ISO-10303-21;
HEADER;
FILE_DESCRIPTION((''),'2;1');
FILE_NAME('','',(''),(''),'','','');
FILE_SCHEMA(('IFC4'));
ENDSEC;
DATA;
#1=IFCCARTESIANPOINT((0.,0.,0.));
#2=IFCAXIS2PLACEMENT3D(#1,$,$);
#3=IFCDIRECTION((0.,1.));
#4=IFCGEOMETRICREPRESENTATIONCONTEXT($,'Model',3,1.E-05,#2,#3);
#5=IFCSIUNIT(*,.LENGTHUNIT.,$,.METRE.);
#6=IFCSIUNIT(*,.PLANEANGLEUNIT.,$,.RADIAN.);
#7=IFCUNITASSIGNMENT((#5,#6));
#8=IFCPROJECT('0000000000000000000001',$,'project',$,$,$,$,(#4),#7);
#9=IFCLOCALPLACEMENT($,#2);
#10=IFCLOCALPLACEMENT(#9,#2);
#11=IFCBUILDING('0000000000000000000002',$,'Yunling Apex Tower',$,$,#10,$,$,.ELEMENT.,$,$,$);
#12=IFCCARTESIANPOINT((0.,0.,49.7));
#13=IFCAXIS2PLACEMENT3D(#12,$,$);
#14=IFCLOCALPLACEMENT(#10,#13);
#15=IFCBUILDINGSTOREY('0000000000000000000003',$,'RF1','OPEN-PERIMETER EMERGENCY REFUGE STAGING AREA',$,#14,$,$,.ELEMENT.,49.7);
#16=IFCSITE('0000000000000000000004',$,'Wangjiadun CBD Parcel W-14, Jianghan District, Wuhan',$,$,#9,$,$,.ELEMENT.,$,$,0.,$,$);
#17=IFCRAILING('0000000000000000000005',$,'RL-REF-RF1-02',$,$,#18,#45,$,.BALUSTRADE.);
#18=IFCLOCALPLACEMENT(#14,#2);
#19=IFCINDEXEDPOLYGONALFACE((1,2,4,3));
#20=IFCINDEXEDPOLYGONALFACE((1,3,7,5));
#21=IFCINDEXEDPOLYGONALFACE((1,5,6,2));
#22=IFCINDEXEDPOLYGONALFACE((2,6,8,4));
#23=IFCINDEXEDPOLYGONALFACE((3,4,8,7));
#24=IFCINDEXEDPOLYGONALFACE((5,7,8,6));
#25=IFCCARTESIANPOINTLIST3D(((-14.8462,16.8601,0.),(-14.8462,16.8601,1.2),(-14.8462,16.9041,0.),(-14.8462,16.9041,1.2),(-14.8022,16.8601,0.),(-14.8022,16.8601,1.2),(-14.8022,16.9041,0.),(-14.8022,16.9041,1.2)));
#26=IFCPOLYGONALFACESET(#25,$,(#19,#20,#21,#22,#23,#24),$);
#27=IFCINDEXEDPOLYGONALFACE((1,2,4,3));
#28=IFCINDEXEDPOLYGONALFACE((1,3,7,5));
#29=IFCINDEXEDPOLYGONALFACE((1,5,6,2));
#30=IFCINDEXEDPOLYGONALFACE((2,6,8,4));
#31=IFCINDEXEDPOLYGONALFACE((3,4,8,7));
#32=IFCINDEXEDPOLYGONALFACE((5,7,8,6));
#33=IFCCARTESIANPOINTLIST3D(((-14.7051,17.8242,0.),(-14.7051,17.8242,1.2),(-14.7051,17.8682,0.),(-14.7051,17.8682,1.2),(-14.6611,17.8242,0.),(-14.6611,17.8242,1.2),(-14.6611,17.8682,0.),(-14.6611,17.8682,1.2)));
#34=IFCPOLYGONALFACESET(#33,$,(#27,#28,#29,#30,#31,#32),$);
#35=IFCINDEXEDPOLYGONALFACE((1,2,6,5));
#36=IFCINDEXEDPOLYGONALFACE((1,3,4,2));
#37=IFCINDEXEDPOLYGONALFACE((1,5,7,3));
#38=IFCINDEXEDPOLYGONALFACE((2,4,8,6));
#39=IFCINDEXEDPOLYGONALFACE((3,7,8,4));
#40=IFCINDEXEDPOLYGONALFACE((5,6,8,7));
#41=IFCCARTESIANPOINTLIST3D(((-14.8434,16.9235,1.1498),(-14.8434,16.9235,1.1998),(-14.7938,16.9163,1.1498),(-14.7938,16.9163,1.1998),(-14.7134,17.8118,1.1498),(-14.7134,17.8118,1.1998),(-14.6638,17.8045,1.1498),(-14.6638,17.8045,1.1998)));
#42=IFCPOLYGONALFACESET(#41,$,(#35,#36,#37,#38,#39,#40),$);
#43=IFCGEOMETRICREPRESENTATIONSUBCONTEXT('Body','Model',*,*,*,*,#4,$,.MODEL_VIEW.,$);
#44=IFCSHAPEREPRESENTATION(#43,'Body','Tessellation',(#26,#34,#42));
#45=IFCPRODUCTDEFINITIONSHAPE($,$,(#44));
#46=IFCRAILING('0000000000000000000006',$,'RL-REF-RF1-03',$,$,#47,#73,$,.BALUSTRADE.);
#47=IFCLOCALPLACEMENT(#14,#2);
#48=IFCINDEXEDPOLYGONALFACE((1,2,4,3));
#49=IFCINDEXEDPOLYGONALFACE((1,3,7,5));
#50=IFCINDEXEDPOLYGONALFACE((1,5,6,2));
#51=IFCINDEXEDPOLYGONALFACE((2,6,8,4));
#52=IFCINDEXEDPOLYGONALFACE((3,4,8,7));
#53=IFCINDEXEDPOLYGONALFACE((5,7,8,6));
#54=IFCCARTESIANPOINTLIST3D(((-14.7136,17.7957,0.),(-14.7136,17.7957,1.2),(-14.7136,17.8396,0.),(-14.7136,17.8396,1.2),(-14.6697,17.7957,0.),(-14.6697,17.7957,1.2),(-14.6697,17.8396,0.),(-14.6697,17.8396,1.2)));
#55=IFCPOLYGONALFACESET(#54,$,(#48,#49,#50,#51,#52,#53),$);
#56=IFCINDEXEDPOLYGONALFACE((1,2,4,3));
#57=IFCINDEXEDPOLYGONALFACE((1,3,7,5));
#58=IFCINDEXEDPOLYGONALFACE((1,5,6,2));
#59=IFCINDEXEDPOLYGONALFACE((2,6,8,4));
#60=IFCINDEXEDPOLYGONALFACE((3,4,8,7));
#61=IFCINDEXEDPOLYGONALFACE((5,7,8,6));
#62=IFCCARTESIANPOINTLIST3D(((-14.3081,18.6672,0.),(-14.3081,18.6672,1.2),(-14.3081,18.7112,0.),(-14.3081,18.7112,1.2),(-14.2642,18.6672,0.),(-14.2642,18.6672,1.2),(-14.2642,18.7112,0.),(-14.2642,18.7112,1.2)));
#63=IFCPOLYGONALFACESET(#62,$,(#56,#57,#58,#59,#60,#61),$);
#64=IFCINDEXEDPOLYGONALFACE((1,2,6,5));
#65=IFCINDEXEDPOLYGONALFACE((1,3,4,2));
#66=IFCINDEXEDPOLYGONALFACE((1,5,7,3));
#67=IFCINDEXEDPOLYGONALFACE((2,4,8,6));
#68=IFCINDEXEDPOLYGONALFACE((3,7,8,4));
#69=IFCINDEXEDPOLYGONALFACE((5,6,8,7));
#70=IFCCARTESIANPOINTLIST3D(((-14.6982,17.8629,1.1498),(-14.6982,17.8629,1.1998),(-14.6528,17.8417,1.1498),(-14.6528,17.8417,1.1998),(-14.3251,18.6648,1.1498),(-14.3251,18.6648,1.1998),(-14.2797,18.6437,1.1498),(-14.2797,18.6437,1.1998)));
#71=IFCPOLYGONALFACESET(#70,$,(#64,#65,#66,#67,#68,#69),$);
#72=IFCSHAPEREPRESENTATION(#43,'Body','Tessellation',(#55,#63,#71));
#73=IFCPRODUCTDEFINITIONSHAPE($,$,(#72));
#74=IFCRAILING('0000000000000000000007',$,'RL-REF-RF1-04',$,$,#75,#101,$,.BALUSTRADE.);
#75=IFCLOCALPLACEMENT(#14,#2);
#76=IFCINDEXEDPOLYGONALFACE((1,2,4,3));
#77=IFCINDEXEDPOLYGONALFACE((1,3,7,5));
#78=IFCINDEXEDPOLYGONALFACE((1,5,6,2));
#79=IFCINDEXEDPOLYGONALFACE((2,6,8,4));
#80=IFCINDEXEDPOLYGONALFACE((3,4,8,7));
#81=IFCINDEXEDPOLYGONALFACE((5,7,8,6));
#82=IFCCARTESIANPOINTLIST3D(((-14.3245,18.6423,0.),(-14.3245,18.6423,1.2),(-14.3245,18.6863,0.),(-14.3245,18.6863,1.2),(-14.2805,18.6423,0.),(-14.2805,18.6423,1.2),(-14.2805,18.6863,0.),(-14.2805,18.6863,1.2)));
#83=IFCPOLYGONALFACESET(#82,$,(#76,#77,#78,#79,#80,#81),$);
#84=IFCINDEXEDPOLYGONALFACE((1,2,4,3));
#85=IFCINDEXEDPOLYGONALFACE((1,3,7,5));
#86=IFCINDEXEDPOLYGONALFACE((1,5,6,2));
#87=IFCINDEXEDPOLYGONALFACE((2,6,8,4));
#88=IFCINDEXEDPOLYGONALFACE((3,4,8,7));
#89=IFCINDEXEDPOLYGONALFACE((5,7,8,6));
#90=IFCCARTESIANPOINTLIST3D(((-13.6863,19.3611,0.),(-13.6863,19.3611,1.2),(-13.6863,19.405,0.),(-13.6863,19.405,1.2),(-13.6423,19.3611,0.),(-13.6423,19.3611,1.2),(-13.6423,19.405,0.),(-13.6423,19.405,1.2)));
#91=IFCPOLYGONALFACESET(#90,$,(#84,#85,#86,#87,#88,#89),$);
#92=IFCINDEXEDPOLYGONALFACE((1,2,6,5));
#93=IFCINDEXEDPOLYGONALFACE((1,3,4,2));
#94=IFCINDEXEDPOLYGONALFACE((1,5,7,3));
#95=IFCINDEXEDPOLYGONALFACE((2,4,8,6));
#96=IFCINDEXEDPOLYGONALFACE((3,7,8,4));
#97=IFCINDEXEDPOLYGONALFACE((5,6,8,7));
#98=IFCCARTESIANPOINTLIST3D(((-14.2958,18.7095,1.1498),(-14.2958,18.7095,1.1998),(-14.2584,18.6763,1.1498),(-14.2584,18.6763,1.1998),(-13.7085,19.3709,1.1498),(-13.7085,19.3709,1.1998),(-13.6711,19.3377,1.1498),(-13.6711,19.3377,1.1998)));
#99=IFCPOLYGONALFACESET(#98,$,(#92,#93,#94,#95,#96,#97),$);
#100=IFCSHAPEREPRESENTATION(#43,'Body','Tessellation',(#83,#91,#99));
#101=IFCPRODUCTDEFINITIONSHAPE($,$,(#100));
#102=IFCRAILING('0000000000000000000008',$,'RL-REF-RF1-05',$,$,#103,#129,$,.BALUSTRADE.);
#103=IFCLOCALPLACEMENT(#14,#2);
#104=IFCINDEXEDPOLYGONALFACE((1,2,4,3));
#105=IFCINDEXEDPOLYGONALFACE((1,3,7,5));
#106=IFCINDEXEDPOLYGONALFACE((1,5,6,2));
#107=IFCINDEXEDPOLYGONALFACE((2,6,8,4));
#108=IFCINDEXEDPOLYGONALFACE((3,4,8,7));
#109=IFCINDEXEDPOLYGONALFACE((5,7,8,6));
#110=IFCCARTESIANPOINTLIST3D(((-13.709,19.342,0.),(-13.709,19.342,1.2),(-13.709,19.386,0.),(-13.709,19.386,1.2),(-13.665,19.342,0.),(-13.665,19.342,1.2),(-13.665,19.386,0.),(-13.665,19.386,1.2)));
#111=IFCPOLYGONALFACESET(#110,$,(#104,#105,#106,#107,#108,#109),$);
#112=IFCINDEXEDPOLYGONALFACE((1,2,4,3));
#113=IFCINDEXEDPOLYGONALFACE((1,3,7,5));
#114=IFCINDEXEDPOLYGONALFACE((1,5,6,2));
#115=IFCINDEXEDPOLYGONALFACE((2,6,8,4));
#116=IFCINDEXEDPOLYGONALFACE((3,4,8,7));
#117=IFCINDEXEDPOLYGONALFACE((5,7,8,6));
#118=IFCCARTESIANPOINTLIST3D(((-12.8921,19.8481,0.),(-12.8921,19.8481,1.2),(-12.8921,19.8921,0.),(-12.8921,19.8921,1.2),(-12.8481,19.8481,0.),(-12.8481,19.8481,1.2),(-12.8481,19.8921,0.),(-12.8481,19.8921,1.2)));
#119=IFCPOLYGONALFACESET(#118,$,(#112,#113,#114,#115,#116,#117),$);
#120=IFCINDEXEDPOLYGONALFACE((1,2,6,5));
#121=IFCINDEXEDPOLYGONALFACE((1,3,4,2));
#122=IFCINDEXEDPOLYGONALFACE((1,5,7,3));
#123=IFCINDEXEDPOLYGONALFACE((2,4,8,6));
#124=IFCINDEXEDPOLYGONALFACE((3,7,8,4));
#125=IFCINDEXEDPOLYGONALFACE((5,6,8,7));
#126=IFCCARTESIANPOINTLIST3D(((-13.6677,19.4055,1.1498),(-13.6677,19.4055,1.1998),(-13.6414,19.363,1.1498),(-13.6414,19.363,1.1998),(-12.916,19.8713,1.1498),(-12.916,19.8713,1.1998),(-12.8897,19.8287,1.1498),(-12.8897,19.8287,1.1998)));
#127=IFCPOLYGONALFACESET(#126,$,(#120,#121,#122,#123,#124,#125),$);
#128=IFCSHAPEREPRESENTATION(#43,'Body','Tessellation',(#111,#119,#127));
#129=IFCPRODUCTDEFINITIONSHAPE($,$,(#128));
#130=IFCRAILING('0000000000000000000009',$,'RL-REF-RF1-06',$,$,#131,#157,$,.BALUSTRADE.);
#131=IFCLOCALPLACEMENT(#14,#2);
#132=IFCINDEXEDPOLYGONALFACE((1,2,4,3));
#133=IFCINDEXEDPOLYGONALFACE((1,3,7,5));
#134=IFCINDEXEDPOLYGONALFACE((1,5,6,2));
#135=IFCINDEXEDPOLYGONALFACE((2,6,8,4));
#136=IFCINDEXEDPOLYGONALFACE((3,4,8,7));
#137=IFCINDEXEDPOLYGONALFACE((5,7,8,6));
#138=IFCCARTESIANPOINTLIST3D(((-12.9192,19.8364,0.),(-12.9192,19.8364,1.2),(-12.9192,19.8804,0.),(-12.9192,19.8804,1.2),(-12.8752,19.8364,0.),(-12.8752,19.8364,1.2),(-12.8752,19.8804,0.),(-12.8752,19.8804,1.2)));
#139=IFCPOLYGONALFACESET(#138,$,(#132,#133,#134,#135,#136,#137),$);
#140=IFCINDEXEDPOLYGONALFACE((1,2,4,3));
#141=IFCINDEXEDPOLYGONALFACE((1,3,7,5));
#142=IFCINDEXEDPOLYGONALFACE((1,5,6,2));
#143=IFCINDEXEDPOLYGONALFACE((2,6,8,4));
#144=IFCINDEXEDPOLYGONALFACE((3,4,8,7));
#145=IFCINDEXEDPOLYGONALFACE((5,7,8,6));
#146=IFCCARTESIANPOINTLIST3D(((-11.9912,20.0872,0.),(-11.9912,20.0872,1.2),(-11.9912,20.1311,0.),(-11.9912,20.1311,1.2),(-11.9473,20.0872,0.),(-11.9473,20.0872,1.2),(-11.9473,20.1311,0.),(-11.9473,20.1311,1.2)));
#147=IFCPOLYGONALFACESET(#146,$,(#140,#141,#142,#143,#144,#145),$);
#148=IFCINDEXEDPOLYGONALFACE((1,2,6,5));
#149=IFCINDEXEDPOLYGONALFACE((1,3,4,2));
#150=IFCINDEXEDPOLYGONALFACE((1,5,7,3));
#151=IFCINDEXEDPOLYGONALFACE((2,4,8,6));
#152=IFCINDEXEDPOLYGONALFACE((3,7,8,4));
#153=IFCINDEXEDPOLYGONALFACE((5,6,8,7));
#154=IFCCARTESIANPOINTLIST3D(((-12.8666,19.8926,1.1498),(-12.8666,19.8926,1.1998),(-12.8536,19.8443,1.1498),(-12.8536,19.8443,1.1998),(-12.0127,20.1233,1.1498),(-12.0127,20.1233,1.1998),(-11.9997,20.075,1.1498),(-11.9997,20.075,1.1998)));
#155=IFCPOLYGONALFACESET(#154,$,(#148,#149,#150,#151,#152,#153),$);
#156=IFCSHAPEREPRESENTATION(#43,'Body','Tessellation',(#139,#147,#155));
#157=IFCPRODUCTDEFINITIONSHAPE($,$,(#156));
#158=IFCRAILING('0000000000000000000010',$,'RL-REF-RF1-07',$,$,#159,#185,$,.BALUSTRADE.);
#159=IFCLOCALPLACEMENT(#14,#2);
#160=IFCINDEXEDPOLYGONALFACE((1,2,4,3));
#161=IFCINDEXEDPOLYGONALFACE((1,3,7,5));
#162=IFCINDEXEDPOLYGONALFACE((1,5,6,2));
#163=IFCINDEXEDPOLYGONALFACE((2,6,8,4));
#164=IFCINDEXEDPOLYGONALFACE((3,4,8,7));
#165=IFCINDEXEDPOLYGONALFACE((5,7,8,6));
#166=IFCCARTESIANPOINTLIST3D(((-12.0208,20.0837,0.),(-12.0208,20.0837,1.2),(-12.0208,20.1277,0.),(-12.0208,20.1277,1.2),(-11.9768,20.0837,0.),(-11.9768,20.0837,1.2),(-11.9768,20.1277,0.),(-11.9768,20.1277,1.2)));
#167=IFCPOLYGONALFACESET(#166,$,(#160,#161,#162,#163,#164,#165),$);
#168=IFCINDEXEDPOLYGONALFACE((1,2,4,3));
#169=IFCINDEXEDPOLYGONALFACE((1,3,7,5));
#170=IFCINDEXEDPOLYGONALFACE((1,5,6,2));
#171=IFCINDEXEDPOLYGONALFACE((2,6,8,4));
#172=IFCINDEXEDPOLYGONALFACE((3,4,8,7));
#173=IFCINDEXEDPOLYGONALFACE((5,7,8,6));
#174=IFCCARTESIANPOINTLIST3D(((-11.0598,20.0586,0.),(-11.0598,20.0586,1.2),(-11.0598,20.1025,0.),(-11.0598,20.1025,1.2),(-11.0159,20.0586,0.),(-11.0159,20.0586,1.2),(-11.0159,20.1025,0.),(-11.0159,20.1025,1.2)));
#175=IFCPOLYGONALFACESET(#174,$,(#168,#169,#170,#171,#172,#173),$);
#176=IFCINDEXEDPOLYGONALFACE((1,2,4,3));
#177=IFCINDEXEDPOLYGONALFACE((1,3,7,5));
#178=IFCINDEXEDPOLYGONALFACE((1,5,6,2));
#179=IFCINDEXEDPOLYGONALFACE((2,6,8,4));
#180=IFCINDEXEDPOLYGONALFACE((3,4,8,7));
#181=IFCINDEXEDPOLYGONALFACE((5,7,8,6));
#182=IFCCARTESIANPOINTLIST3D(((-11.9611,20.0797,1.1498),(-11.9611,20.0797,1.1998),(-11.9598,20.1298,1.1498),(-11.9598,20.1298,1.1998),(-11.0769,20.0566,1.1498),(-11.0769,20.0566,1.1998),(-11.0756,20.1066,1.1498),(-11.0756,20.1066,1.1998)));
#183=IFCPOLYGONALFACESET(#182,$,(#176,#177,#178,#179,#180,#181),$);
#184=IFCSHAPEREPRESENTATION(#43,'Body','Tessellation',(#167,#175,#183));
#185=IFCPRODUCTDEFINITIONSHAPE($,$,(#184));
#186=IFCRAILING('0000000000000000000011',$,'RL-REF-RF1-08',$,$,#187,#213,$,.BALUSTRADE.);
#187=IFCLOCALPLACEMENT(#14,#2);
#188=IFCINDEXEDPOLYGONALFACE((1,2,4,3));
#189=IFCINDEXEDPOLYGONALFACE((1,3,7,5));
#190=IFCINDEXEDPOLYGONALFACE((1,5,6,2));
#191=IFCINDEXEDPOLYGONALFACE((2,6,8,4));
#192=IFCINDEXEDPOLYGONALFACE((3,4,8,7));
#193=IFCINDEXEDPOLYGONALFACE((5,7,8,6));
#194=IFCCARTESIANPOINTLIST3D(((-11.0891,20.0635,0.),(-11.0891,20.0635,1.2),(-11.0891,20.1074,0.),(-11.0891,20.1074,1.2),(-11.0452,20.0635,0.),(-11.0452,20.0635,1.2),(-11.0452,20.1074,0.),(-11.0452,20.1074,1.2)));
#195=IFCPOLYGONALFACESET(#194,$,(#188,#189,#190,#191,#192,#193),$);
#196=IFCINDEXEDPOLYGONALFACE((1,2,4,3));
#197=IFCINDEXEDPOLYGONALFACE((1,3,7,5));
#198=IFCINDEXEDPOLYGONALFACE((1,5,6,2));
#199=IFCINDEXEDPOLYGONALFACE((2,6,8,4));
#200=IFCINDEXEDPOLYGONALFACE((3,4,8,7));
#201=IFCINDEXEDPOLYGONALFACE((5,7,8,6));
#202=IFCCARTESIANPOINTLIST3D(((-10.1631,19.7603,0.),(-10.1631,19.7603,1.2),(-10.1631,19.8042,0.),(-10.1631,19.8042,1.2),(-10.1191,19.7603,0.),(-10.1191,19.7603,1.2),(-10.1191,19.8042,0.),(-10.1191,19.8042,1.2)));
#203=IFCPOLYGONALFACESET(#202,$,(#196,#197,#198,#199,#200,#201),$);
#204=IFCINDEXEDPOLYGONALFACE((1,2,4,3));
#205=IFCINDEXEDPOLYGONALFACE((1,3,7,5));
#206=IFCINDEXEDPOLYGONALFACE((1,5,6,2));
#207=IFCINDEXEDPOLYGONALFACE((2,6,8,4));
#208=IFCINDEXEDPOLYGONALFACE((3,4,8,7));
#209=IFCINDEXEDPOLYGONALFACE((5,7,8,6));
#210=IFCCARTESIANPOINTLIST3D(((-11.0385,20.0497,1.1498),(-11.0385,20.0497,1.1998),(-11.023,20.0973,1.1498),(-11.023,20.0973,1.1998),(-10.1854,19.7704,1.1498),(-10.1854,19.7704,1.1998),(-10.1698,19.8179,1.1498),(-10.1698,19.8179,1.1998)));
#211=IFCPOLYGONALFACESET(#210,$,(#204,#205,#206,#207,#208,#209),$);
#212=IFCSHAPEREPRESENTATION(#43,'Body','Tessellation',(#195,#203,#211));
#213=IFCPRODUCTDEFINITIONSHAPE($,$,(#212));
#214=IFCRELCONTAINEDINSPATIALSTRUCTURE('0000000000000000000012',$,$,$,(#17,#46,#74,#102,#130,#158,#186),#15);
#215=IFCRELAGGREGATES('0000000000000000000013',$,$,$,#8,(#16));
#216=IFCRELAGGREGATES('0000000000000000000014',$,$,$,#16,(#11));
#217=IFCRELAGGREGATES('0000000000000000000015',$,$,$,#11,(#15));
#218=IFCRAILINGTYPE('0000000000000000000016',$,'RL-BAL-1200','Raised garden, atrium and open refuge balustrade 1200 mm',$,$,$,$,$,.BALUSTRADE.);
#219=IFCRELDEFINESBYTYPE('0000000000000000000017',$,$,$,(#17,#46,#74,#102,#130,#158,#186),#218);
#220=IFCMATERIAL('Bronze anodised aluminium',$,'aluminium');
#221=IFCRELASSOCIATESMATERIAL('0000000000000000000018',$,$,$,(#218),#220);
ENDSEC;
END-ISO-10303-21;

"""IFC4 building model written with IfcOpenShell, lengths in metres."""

from ifc_helpers import new_model, si_unit, direction, frame, origin, origin_2d, place, context, subcontext, project, spatial, rectangle, extrude, material, type_object, element, save


model = new_model("IFC4")

# Units and contexts
model_context = context("Model", 3, precision=1e-05, world=origin(), true_north=direction((0.0, 1.0)))
body_context = subcontext(model_context, "Body", "Model", "MODEL_VIEW")
ifc_project = project(units=[si_unit("LENGTHUNIT", "METRE"), si_unit("PLANEANGLEUNIT", "RADIAN")], contexts=[model_context])

# Site, building, storey
site_placement = place(None, origin())
site = spatial("IfcSite", under=ifc_project, at=site_placement, Name="Wangjiadun CBD Parcel W-14, Jianghan District, Wuhan", CompositionType="ELEMENT", RefElevation=0.0)
building_placement = place(site_placement, origin())
building = spatial("IfcBuilding", under=site, at=building_placement, Name="Yunling Apex Tower", CompositionType="ELEMENT")
storey_placement = place(building_placement, frame((0.0, 0.0, 49.7)))
storey = spatial("IfcBuildingStorey", under=building, at=storey_placement, Name="RF1", Description="OPEN-PERIMETER EMERGENCY REFUGE STAGING AREA", CompositionType="ELEMENT", Elevation=49.7)

# Railings
ifc_material_1 = material(Name="Bronze anodised aluminium", Category="aluminium")
railing_type = type_object("IfcRailingType", Name="RL-BAL-1200", Description="Raised garden, atrium and open refuge balustrade 1200 mm", PredefinedType="BALUSTRADE", material=ifc_material_1)
railing_1_placement = place(storey_placement, frame((-14.8242, 16.8821, 0.0)))
element("IfcRailing", 1, at=railing_1_placement, inside=storey, type_object=railing_type, Name="RL-REF-RF1-02", PredefinedType="BALUSTRADE", context=body_context, shape_type="SweptSolid", body=[
    extrude(rectangle(XDim=0.0439, YDim=0.0439, at=origin_2d()), origin(), (0.0, 0.0, 1.0), 1.2),
    extrude(rectangle(XDim=0.0439, YDim=0.0439, at=origin_2d()), frame((0.1411, 0.9641, 0.0)), (0.0, 0.0, 1.0), 1.2),
    extrude(rectangle(XDim=0.05, YDim=0.05, at=origin_2d()), frame((0.0056, 0.0378, 1.1748), z_axis=(0.144823, 0.989458, 0.0), x_axis=(-0.989458, 0.144823, 0.0)), (0.0, 0.0, 1.0), 0.8977),
])
railing_2_placement = place(storey_placement, frame((-14.6917, 17.8176, 0.0)))
element("IfcRailing", 2, at=railing_2_placement, inside=storey, type_object=railing_type, Name="RL-REF-RF1-03", PredefinedType="BALUSTRADE", context=body_context, shape_type="SweptSolid", body=[
    extrude(rectangle(XDim=0.0439, YDim=0.0439, at=origin_2d()), origin(), (0.0, 0.0, 1.0), 1.2),
    extrude(rectangle(XDim=0.0439, YDim=0.0439, at=origin_2d()), frame((0.4055, 0.8716, 0.0)), (0.0, 0.0, 1.0), 1.2),
    extrude(rectangle(XDim=0.05, YDim=0.05, at=origin_2d()), frame((0.0161, 0.0347, 1.1748), z_axis=(0.421842, 0.906669, 0.0), x_axis=(-0.906669, 0.421842, 0.0)), (0.0, 0.0, 1.0), 0.8845),
])
railing_3_placement = place(storey_placement, frame((-14.3025, 18.6643, 0.0)))
element("IfcRailing", 3, at=railing_3_placement, inside=storey, type_object=railing_type, Name="RL-REF-RF1-04", PredefinedType="BALUSTRADE", context=body_context, shape_type="SweptSolid", body=[
    extrude(rectangle(XDim=0.0439, YDim=0.0439, at=origin_2d()), origin(), (0.0, 0.0, 1.0), 1.2),
    extrude(rectangle(XDim=0.0439, YDim=0.0439, at=origin_2d()), frame((0.6382, 0.7188, 0.0)), (0.0, 0.0, 1.0), 1.2),
    extrude(rectangle(XDim=0.05, YDim=0.05, at=origin_2d()), frame((0.0254, 0.0286, 1.1748), z_axis=(0.663954, 0.747774, 0.0), x_axis=(-0.747774, 0.663954, 0.0)), (0.0, 0.0, 1.0), 0.8845),
])
railing_4_placement = place(storey_placement, frame((-13.687, 19.364, 0.0)))
element("IfcRailing", 4, at=railing_4_placement, inside=storey, type_object=railing_type, Name="RL-REF-RF1-05", PredefinedType="BALUSTRADE", context=body_context, shape_type="SweptSolid", body=[
    extrude(rectangle(XDim=0.0439, YDim=0.0439, at=origin_2d()), origin(), (0.0, 0.0, 1.0), 1.2),
    extrude(rectangle(XDim=0.0439, YDim=0.0439, at=origin_2d()), frame((0.8169, 0.5061, 0.0)), (0.0, 0.0, 1.0), 1.2),
    extrude(rectangle(XDim=0.05, YDim=0.05, at=origin_2d()), frame((0.0325, 0.0203, 1.1748), z_axis=(0.850076, 0.526661, 0.0), x_axis=(-0.526661, 0.850076, 0.0)), (0.0, 0.0, 1.0), 0.8843),
])
railing_5_placement = place(storey_placement, frame((-12.8972, 19.8584, 0.0)))
element("IfcRailing", 5, at=railing_5_placement, inside=storey, type_object=railing_type, Name="RL-REF-RF1-06", PredefinedType="BALUSTRADE", context=body_context, shape_type="SweptSolid", body=[
    extrude(rectangle(XDim=0.0439, YDim=0.0439, at=origin_2d()), origin(), (0.0, 0.0, 1.0), 1.2),
    extrude(rectangle(XDim=0.0439, YDim=0.0439, at=origin_2d()), frame((0.928, 0.2507, 0.0)), (0.0, 0.0, 1.0), 1.2),
    extrude(rectangle(XDim=0.05, YDim=0.05, at=origin_2d()), frame((0.0371, 0.01, 1.1748), z_axis=(0.965382, 0.260839, 0.0), x_axis=(-0.260839, 0.965382, 0.0)), (0.0, 0.0, 1.0), 0.8845),
])
railing_6_placement = place(storey_placement, frame((-11.9988, 20.1057, 0.0)))
element("IfcRailing", 6, at=railing_6_placement, inside=storey, type_object=railing_type, Name="RL-REF-RF1-07", PredefinedType="BALUSTRADE", context=body_context, shape_type="SweptSolid", body=[
    extrude(rectangle(XDim=0.0439, YDim=0.0439, at=origin_2d()), origin(), (0.0, 0.0, 1.0), 1.2),
    extrude(rectangle(XDim=0.0439, YDim=0.0439, at=origin_2d()), frame((0.9609, -0.0251, 0.0)), (0.0, 0.0, 1.0), 1.2),
    extrude(rectangle(XDim=0.05, YDim=0.05, at=origin_2d()), frame((0.0383, -0.001, 1.1748), z_axis=(0.999658, -0.02616, 0.0), x_axis=(0.02616, 0.999658, 0.0)), (0.0, 0.0, 1.0), 0.8845),
])
railing_7_placement = place(storey_placement, frame((-11.0671, 20.0854, 0.0)))
element("IfcRailing", 7, at=railing_7_placement, inside=storey, type_object=railing_type, Name="RL-REF-RF1-08", PredefinedType="BALUSTRADE", context=body_context, shape_type="SweptSolid", body=[
    extrude(rectangle(XDim=0.0439, YDim=0.0439, at=origin_2d()), origin(), (0.0, 0.0, 1.0), 1.2),
    extrude(rectangle(XDim=0.0439, YDim=0.0439, at=origin_2d()), frame((0.926, -0.3032, 0.0)), (0.0, 0.0, 1.0), 1.2),
    extrude(rectangle(XDim=0.05, YDim=0.05, at=origin_2d()), frame((0.0364, -0.012, 1.1748), z_axis=(0.950349, -0.311187, 0.0), x_axis=(0.311187, 0.950349, 0.0)), (0.0, 0.0, 1.0), 0.8977),
])

save(model, "model.ifc")
